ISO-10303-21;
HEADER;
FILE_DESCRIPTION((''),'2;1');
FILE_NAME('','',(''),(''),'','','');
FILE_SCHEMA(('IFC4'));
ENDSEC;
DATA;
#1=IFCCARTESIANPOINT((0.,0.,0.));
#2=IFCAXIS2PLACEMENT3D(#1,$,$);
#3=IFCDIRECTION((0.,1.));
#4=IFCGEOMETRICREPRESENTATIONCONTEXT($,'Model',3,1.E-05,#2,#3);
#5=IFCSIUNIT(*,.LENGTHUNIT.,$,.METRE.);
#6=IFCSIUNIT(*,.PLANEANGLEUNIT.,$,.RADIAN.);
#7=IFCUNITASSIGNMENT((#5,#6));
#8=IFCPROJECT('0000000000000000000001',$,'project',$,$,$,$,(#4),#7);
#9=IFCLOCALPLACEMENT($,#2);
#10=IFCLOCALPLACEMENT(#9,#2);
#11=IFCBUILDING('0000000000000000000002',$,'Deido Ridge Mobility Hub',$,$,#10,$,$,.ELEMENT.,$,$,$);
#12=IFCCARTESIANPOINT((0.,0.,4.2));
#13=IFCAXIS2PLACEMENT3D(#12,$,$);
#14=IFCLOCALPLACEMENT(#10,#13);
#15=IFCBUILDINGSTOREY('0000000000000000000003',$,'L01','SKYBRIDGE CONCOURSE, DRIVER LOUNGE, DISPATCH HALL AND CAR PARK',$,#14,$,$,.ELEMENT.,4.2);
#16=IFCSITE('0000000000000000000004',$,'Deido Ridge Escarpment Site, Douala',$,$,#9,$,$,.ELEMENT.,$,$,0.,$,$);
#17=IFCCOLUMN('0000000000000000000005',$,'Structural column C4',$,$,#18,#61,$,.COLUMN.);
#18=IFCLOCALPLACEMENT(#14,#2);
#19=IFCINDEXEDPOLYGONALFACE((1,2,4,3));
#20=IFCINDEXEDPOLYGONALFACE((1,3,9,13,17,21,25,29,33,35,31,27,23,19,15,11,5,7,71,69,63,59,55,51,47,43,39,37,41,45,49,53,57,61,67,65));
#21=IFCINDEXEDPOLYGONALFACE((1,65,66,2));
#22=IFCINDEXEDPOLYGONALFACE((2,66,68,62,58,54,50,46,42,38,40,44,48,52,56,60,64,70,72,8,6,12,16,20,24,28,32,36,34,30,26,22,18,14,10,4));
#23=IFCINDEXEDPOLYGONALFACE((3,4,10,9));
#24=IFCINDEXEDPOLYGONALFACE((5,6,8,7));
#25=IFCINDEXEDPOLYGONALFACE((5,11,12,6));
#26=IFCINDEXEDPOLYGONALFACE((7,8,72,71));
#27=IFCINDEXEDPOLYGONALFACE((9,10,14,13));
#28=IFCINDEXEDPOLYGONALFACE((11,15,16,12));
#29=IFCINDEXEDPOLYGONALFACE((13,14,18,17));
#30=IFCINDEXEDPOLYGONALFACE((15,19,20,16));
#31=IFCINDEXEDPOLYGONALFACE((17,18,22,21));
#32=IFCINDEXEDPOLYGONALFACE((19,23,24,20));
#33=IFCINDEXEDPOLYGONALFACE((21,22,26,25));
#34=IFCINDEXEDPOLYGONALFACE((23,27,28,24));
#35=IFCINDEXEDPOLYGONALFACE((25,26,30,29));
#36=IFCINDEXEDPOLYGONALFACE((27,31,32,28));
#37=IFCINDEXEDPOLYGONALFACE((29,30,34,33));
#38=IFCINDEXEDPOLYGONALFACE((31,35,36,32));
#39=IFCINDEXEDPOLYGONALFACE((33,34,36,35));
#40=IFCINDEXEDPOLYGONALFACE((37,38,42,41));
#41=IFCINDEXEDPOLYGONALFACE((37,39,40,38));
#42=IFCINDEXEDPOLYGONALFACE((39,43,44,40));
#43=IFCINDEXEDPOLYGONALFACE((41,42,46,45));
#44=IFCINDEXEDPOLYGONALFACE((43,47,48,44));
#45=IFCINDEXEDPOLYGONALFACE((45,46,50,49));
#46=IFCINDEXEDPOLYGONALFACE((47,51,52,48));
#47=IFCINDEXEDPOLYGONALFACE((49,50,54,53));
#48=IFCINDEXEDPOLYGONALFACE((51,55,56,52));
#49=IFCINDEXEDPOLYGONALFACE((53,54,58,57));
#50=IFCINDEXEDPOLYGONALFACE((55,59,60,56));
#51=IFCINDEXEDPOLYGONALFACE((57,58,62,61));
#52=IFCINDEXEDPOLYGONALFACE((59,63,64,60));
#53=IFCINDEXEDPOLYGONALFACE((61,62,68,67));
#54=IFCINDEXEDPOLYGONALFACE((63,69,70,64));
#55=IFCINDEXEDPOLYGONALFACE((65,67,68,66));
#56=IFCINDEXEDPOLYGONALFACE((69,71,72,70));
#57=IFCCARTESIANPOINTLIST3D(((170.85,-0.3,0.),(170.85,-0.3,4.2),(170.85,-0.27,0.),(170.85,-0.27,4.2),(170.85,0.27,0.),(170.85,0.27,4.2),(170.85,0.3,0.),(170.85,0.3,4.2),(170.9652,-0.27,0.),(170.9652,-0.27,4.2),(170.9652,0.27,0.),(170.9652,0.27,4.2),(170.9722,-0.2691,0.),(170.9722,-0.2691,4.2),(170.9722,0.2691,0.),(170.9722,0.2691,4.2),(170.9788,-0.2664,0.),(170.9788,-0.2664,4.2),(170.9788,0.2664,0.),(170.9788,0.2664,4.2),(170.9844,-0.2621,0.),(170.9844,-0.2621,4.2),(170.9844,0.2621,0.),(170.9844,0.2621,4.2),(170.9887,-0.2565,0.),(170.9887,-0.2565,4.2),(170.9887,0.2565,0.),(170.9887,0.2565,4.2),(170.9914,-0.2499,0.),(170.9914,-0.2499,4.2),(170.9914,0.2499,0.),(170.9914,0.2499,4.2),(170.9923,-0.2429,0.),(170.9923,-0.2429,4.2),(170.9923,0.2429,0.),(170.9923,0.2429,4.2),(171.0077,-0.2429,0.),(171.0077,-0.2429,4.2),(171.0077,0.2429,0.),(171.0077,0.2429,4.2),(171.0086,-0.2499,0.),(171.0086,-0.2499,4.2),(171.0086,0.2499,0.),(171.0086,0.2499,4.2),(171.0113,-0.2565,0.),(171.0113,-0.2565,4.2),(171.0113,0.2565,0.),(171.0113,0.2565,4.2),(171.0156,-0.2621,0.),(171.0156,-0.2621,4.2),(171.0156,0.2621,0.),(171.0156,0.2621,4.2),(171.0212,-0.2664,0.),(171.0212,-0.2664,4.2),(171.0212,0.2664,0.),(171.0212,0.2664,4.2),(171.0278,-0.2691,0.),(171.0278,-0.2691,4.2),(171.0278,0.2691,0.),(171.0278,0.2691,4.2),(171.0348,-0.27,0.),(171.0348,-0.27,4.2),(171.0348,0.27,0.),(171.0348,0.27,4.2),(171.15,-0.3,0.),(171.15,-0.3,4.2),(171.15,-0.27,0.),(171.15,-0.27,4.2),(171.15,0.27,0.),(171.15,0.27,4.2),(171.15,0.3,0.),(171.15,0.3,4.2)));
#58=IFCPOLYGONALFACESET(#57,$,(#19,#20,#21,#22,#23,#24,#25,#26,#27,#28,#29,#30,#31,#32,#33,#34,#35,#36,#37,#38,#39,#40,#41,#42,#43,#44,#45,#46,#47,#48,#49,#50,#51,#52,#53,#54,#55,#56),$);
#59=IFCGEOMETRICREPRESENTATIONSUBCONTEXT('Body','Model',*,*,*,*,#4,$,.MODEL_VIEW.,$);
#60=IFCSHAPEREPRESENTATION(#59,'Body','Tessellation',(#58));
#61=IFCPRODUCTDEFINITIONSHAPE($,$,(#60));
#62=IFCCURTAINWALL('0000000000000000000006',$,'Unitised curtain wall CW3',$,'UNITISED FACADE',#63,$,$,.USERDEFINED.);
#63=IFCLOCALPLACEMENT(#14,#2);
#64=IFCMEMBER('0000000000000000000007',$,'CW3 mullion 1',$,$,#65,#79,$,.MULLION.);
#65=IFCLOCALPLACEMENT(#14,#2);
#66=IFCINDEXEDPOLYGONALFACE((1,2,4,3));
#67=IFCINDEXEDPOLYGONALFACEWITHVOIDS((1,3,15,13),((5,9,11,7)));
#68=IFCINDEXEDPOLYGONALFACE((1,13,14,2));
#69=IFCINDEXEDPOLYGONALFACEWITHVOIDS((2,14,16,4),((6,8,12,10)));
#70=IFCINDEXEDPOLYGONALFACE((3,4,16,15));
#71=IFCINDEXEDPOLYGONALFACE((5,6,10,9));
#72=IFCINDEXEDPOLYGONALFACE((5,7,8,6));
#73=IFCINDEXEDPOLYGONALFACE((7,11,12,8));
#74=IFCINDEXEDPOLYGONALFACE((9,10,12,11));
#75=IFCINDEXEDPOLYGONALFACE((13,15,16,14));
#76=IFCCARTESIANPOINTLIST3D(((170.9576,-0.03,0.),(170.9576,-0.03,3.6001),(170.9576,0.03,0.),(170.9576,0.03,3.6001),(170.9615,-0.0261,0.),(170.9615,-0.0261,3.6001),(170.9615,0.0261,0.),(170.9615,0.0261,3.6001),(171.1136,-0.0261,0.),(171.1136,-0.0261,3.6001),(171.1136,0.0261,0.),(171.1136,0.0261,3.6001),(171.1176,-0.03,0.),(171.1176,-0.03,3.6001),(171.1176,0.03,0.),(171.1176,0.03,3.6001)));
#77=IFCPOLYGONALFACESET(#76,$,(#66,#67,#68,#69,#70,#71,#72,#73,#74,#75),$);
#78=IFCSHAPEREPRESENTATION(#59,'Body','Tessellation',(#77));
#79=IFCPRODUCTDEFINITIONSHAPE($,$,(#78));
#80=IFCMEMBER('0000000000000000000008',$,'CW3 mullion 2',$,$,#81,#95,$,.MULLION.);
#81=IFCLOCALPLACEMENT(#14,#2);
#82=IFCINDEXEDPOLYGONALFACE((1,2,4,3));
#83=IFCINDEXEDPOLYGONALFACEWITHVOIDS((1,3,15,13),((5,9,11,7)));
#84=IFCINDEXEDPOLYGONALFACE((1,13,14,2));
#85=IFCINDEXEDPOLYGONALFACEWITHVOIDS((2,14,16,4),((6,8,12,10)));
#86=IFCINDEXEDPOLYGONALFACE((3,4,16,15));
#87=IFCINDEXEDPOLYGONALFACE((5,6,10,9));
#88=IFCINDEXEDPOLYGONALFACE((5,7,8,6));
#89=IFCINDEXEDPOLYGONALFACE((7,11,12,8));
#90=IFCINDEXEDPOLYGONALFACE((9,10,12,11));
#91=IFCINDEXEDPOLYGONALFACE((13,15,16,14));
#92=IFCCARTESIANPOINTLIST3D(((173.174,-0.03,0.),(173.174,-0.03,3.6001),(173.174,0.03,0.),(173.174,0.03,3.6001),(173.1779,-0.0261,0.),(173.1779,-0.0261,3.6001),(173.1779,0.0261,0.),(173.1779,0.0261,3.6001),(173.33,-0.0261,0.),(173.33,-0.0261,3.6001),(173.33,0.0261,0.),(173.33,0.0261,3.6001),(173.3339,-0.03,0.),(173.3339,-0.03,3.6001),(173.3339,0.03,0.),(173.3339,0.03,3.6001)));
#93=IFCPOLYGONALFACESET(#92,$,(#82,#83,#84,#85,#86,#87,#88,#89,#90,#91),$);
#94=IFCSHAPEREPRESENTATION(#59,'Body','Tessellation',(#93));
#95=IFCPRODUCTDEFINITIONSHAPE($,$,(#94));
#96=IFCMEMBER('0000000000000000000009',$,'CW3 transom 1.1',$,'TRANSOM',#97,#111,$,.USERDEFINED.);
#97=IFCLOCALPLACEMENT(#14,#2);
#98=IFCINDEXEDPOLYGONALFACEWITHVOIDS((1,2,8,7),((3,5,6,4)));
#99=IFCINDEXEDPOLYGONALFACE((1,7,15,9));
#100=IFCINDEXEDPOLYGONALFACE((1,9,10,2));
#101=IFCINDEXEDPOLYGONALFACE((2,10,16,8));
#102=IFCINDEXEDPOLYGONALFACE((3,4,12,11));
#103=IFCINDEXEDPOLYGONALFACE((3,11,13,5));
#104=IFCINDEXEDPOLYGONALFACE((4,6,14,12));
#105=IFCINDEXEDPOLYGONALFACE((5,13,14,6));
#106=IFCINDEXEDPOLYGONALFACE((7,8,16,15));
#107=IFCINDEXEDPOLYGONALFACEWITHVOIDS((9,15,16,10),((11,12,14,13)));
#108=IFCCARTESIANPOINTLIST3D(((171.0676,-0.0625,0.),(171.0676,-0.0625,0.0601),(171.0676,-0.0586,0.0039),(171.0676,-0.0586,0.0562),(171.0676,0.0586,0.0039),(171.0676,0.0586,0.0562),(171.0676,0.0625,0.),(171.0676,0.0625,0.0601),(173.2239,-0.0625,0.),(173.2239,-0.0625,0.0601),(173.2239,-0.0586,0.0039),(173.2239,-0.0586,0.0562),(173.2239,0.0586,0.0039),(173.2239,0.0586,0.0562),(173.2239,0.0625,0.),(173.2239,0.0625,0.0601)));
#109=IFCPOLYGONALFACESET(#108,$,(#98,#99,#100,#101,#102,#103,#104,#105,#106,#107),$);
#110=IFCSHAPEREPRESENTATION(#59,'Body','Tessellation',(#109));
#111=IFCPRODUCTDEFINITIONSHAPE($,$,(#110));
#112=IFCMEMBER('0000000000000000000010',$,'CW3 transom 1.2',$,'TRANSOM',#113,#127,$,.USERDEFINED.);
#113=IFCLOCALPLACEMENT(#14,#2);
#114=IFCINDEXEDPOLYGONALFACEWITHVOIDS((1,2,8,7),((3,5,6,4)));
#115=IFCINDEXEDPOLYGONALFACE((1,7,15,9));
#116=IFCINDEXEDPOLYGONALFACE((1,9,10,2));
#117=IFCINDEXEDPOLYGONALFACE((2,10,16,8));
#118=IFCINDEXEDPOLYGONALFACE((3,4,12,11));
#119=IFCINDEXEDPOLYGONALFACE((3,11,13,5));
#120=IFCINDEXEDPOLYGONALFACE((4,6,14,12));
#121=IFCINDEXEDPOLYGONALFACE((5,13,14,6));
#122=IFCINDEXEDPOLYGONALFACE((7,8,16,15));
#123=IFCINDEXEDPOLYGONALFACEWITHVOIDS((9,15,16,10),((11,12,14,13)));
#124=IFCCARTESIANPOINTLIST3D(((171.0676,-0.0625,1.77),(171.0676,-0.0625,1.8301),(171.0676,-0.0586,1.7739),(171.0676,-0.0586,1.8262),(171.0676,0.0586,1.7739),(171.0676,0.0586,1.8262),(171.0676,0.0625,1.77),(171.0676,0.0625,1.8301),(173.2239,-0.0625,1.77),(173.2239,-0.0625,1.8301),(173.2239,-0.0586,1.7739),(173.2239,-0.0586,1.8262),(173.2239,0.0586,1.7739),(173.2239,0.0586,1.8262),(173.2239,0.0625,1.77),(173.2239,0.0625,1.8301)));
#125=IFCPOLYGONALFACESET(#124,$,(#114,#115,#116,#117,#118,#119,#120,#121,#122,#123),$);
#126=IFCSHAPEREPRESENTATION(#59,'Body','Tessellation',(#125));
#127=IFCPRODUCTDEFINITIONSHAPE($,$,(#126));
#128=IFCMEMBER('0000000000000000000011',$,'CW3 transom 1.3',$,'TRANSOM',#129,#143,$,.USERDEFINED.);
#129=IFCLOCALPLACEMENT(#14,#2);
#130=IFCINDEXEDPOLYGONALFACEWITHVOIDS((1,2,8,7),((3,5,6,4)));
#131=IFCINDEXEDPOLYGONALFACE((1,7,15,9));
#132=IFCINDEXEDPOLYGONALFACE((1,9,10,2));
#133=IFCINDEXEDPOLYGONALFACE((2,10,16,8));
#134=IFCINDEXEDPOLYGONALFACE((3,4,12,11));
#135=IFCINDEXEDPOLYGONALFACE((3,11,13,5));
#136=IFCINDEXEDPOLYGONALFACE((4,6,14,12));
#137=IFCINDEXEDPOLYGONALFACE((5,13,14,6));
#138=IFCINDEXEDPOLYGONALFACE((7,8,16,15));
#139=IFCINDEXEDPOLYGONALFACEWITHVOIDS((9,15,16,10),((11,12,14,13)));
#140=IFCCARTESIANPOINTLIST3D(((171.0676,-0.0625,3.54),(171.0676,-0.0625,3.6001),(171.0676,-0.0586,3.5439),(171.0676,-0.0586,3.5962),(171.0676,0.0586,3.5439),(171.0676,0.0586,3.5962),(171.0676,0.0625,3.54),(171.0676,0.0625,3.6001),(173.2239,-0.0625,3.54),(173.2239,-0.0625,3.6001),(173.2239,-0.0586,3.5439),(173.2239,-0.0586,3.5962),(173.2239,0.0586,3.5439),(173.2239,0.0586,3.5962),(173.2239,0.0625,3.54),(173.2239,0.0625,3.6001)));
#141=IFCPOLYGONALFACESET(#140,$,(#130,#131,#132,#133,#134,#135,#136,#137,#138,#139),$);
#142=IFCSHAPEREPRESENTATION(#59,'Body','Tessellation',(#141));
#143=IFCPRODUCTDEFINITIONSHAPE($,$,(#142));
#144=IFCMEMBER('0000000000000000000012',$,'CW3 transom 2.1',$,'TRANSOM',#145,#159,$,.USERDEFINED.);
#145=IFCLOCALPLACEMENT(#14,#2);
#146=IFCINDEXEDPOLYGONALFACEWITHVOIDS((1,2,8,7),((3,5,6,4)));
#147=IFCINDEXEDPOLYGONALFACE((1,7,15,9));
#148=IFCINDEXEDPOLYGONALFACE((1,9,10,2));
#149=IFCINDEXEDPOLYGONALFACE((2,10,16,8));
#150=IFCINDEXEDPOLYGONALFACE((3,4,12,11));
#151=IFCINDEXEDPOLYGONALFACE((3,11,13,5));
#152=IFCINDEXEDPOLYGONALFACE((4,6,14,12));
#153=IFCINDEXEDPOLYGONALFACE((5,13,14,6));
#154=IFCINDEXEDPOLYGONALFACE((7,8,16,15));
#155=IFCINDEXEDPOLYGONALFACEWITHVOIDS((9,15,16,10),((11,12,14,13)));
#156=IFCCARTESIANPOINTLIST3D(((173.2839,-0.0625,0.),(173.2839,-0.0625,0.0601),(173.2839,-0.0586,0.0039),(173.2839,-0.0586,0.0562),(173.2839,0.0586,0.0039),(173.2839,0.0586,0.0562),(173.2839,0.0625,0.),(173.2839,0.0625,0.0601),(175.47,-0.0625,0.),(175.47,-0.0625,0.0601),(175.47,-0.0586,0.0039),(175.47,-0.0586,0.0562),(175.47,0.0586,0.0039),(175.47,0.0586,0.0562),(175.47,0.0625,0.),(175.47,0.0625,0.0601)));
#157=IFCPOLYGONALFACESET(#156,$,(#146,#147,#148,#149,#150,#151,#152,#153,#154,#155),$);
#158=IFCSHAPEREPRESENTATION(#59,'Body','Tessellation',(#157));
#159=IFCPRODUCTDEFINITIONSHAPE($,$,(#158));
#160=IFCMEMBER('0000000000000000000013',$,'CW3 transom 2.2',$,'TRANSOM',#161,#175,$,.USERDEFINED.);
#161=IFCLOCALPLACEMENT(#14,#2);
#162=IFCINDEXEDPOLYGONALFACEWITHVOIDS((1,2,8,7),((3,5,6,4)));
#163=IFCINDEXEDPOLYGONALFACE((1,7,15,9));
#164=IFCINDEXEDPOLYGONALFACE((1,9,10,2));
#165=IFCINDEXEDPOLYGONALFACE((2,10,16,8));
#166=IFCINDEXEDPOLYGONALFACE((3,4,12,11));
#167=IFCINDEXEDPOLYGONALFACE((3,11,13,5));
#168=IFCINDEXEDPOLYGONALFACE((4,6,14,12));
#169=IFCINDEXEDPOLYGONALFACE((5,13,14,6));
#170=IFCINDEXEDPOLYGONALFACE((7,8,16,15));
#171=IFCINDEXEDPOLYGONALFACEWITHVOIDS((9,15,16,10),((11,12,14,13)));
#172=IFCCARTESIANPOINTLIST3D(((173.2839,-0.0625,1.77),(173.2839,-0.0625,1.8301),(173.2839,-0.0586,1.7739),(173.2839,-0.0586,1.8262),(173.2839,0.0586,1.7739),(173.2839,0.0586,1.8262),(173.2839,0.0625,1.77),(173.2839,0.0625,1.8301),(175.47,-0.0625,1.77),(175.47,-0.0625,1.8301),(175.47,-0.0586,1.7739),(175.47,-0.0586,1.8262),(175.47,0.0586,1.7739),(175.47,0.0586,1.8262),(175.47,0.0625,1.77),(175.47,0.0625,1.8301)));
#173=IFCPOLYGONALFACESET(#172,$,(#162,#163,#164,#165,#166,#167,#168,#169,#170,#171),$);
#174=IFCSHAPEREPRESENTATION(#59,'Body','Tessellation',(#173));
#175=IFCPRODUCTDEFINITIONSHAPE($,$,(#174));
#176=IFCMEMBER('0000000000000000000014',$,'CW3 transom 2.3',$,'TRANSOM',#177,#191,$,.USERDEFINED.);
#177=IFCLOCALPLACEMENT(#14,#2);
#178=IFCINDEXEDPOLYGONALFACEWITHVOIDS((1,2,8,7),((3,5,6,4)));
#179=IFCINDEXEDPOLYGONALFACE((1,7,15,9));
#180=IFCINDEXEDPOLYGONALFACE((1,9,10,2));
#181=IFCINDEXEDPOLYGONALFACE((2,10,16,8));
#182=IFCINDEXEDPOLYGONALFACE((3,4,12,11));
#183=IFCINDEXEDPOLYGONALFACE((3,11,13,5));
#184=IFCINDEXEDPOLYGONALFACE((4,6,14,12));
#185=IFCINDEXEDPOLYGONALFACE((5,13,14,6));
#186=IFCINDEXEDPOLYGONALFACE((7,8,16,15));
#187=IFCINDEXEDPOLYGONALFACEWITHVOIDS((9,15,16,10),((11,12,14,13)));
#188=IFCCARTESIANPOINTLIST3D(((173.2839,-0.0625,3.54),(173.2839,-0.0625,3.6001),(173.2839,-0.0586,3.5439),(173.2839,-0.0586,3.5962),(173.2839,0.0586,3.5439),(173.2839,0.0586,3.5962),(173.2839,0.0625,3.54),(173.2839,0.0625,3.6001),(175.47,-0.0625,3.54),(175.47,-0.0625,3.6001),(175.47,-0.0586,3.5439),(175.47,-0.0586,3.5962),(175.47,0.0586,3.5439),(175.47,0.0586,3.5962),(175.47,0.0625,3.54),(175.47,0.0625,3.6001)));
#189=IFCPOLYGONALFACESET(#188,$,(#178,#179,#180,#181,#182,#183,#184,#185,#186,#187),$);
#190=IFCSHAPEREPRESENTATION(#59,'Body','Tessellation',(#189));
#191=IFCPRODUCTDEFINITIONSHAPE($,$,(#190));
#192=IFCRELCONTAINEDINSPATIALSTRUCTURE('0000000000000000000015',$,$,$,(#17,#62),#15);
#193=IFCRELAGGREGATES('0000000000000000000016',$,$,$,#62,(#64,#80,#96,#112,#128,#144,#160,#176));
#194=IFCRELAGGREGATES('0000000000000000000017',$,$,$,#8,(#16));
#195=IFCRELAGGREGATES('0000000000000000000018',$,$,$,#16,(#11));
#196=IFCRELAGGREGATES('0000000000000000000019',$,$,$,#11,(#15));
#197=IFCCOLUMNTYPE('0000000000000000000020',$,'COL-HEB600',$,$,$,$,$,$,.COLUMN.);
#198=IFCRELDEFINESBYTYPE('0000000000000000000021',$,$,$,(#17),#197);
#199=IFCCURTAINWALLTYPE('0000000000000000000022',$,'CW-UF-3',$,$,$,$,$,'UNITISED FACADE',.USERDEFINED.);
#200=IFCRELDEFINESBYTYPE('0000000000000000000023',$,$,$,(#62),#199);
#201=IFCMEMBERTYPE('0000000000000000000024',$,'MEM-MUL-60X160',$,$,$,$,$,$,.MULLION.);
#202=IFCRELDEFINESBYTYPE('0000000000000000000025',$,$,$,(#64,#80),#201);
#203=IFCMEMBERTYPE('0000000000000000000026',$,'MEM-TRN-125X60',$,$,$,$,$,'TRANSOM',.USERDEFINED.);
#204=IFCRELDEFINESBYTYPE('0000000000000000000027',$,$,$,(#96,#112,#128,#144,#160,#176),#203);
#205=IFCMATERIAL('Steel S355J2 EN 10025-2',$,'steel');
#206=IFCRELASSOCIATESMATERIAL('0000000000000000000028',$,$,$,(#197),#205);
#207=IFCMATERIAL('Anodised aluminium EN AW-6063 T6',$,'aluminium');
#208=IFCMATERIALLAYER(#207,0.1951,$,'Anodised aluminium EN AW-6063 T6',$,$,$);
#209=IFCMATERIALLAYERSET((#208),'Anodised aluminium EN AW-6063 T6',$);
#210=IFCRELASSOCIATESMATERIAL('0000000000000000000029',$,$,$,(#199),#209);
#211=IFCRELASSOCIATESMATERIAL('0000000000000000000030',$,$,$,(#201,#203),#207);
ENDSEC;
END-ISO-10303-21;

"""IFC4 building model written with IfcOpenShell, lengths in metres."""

from ifc_helpers import new_model, si_unit, direction, frame, origin, origin_2d, place, context, subcontext, project, spatial, hollow_rectangle, i_section, extrude, material, layer, layer_set, material_profile, profile_set, type_object, element, aggregate, save


model = new_model("IFC4")

# Units and contexts
model_context = context("Model", 3, precision=1e-05, world=origin(), true_north=direction((0.0, 1.0)))
body_context = subcontext(model_context, "Body", "Model", "MODEL_VIEW")
ifc_project = project(units=[si_unit("LENGTHUNIT", "METRE"), si_unit("PLANEANGLEUNIT", "RADIAN")], contexts=[model_context])

# Site, building, storey
site_placement = place(None, origin())
site = spatial("IfcSite", under=ifc_project, at=site_placement, Name="Deido Ridge Escarpment Site, Douala", CompositionType="ELEMENT", RefElevation=0.0)
building_placement = place(site_placement, origin())
building = spatial("IfcBuilding", under=site, at=building_placement, Name="Deido Ridge Mobility Hub", CompositionType="ELEMENT")
storey_placement = place(building_placement, frame((0.0, 0.0, 4.2)))
storey = spatial("IfcBuildingStorey", under=building, at=storey_placement, Name="L01", Description="SKYBRIDGE CONCOURSE, DRIVER LOUNGE, DISPATCH HALL AND CAR PARK", CompositionType="ELEMENT", Elevation=4.2)

# Column
ifc_material_1 = material(Name="Steel S355J2 EN 10025-2", Category="steel")
ifc_material_profile_1 = material_profile(ifc_material_1, i_section(OverallWidth=0.3, OverallDepth=0.6001, WebThickness=0.0154, FlangeThickness=0.03, FilletRadius=0.0271, at=origin_2d()), Name="HEB 600")
ifc_profile_set_1 = profile_set([ifc_material_profile_1], Name="Steel S355J2 EN 10025-2")
column_type = type_object("IfcColumnType", Name="COL-HEB600", PredefinedType="COLUMN", material=ifc_profile_set_1)
column_placement = place(storey_placement, frame((171.0, 0.0, 0.0), z_axis=(0.0, 0.0, 1.0), x_axis=(1.0, 0.0, 0.0)))
element("IfcColumn", 1, at=column_placement, inside=storey, type_object=column_type, Name="Structural column C4", PredefinedType="COLUMN", context=body_context, shape_type="SweptSolid", body=[
    extrude(i_section(OverallWidth=0.3, OverallDepth=0.6001, WebThickness=0.0154, FlangeThickness=0.03, FilletRadius=0.0271, at=origin_2d()), origin(), (0.0, 0.0, 1.0), 4.2),
])

# Curtain wall, members
ifc_material_2 = material(Name="Anodised aluminium EN AW-6063 T6", Category="aluminium")
ifc_layer_1 = layer(ifc_material_2, 0.1951, Name="Anodised aluminium EN AW-6063 T6")
ifc_layer_set_1 = layer_set([ifc_layer_1], Name="Anodised aluminium EN AW-6063 T6")
curtain_wall_type = type_object("IfcCurtainWallType", Name="CW-UF-3", ElementType="UNITISED FACADE", PredefinedType="USERDEFINED", material=ifc_layer_set_1)
curtain_wall_placement = place(storey_placement, origin())
curtain_wall = element("IfcCurtainWall", 2, at=curtain_wall_placement, inside=storey, type_object=curtain_wall_type, Name="Unitised curtain wall CW3", ObjectType="UNITISED FACADE", PredefinedType="USERDEFINED")
ifc_material_profile_2 = material_profile(ifc_material_2, hollow_rectangle(XDim=0.0601, YDim=0.1599, WallThickness=0.0039, at=origin_2d()), Name="RHS 60x160x4")
ifc_profile_set_2 = profile_set([ifc_material_profile_2], Name="Anodised aluminium EN AW-6063 T6")
member_type_1 = type_object("IfcMemberType", Name="MEM-MUL-60X160", PredefinedType="MULLION", material=ifc_profile_set_2)
member_1_placement = place(storey_placement, frame((171.0376, 0.0, 0.0), z_axis=(0.0, 0.0, 1.0), x_axis=(0.0, 1.0, 0.0)))
member_1 = element("IfcMember", 3, at=member_1_placement, type_object=member_type_1, Name="CW3 mullion 1", PredefinedType="MULLION", context=body_context, shape_type="SweptSolid", body=[
    extrude(hollow_rectangle(XDim=0.0601, YDim=0.1599, WallThickness=0.0039, at=origin_2d()), origin(), (0.0, 0.0, 1.0), 3.6001),
])
member_2_placement = place(storey_placement, frame((173.2539, 0.0, 0.0), z_axis=(0.0, 0.0, 1.0), x_axis=(0.0, 1.0, 0.0)))
member_2 = element("IfcMember", 4, at=member_2_placement, type_object=member_type_1, Name="CW3 mullion 2", PredefinedType="MULLION", context=body_context, shape_type="SweptSolid", body=[
    extrude(hollow_rectangle(XDim=0.0601, YDim=0.1599, WallThickness=0.0039, at=origin_2d()), origin(), (0.0, 0.0, 1.0), 3.6001),
])
ifc_material_profile_3 = material_profile(ifc_material_2, hollow_rectangle(XDim=0.125, YDim=0.0601, WallThickness=0.0039, at=origin_2d()), Name="RHS 125x60x4")
ifc_profile_set_3 = profile_set([ifc_material_profile_3], Name="Anodised aluminium EN AW-6063 T6")
member_type_2 = type_object("IfcMemberType", Name="MEM-TRN-125X60", ElementType="TRANSOM", PredefinedType="USERDEFINED", material=ifc_profile_set_3)
member_3_placement = place(storey_placement, frame((171.0676, 0.0, 0.03), z_axis=(1.0, 0.0, 0.0), x_axis=(0.0, 1.0, 0.0)))
member_3 = element("IfcMember", 5, at=member_3_placement, type_object=member_type_2, Name="CW3 transom 1.1", ObjectType="TRANSOM", PredefinedType="USERDEFINED", context=body_context, shape_type="SweptSolid", body=[
    extrude(hollow_rectangle(XDim=0.125, YDim=0.0601, WallThickness=0.0039, at=origin_2d()), origin(), (0.0, 0.0, 1.0), 2.1562),
])
member_4_placement = place(storey_placement, frame((171.0676, 0.0, 1.8), z_axis=(1.0, 0.0, 0.0), x_axis=(0.0, 1.0, 0.0)))
member_4 = element("IfcMember", 6, at=member_4_placement, type_object=member_type_2, Name="CW3 transom 1.2", ObjectType="TRANSOM", PredefinedType="USERDEFINED", context=body_context, shape_type="SweptSolid", body=[
    extrude(hollow_rectangle(XDim=0.125, YDim=0.0601, WallThickness=0.0039, at=origin_2d()), origin(), (0.0, 0.0, 1.0), 2.1562),
])
member_5_placement = place(storey_placement, frame((171.0676, 0.0, 3.5701), z_axis=(1.0, 0.0, 0.0), x_axis=(0.0, 1.0, 0.0)))
member_5 = element("IfcMember", 7, at=member_5_placement, type_object=member_type_2, Name="CW3 transom 1.3", ObjectType="TRANSOM", PredefinedType="USERDEFINED", context=body_context, shape_type="SweptSolid", body=[
    extrude(hollow_rectangle(XDim=0.125, YDim=0.0601, WallThickness=0.0039, at=origin_2d()), origin(), (0.0, 0.0, 1.0), 2.1562),
])
member_6_placement = place(storey_placement, frame((173.2839, 0.0, 0.03), z_axis=(1.0, 0.0, 0.0), x_axis=(0.0, 1.0, 0.0)))
member_6 = element("IfcMember", 8, at=member_6_placement, type_object=member_type_2, Name="CW3 transom 2.1", ObjectType="TRANSOM", PredefinedType="USERDEFINED", context=body_context, shape_type="SweptSolid", body=[
    extrude(hollow_rectangle(XDim=0.125, YDim=0.0601, WallThickness=0.0039, at=origin_2d()), origin(), (0.0, 0.0, 1.0), 2.186),
])
member_7_placement = place(storey_placement, frame((173.2839, 0.0, 1.8), z_axis=(1.0, 0.0, 0.0), x_axis=(0.0, 1.0, 0.0)))
member_7 = element("IfcMember", 9, at=member_7_placement, type_object=member_type_2, Name="CW3 transom 2.2", ObjectType="TRANSOM", PredefinedType="USERDEFINED", context=body_context, shape_type="SweptSolid", body=[
    extrude(hollow_rectangle(XDim=0.125, YDim=0.0601, WallThickness=0.0039, at=origin_2d()), origin(), (0.0, 0.0, 1.0), 2.186),
])
member_8_placement = place(storey_placement, frame((173.2839, 0.0, 3.5701), z_axis=(1.0, 0.0, 0.0), x_axis=(0.0, 1.0, 0.0)))
member_8 = element("IfcMember", 10, at=member_8_placement, type_object=member_type_2, Name="CW3 transom 2.3", ObjectType="TRANSOM", PredefinedType="USERDEFINED", context=body_context, shape_type="SweptSolid", body=[
    extrude(hollow_rectangle(XDim=0.125, YDim=0.0601, WallThickness=0.0039, at=origin_2d()), origin(), (0.0, 0.0, 1.0), 2.186),
])

aggregate(curtain_wall, [member_1, member_2, member_3, member_4, member_5, member_6, member_7, member_8])

save(model, "model.ifc")
